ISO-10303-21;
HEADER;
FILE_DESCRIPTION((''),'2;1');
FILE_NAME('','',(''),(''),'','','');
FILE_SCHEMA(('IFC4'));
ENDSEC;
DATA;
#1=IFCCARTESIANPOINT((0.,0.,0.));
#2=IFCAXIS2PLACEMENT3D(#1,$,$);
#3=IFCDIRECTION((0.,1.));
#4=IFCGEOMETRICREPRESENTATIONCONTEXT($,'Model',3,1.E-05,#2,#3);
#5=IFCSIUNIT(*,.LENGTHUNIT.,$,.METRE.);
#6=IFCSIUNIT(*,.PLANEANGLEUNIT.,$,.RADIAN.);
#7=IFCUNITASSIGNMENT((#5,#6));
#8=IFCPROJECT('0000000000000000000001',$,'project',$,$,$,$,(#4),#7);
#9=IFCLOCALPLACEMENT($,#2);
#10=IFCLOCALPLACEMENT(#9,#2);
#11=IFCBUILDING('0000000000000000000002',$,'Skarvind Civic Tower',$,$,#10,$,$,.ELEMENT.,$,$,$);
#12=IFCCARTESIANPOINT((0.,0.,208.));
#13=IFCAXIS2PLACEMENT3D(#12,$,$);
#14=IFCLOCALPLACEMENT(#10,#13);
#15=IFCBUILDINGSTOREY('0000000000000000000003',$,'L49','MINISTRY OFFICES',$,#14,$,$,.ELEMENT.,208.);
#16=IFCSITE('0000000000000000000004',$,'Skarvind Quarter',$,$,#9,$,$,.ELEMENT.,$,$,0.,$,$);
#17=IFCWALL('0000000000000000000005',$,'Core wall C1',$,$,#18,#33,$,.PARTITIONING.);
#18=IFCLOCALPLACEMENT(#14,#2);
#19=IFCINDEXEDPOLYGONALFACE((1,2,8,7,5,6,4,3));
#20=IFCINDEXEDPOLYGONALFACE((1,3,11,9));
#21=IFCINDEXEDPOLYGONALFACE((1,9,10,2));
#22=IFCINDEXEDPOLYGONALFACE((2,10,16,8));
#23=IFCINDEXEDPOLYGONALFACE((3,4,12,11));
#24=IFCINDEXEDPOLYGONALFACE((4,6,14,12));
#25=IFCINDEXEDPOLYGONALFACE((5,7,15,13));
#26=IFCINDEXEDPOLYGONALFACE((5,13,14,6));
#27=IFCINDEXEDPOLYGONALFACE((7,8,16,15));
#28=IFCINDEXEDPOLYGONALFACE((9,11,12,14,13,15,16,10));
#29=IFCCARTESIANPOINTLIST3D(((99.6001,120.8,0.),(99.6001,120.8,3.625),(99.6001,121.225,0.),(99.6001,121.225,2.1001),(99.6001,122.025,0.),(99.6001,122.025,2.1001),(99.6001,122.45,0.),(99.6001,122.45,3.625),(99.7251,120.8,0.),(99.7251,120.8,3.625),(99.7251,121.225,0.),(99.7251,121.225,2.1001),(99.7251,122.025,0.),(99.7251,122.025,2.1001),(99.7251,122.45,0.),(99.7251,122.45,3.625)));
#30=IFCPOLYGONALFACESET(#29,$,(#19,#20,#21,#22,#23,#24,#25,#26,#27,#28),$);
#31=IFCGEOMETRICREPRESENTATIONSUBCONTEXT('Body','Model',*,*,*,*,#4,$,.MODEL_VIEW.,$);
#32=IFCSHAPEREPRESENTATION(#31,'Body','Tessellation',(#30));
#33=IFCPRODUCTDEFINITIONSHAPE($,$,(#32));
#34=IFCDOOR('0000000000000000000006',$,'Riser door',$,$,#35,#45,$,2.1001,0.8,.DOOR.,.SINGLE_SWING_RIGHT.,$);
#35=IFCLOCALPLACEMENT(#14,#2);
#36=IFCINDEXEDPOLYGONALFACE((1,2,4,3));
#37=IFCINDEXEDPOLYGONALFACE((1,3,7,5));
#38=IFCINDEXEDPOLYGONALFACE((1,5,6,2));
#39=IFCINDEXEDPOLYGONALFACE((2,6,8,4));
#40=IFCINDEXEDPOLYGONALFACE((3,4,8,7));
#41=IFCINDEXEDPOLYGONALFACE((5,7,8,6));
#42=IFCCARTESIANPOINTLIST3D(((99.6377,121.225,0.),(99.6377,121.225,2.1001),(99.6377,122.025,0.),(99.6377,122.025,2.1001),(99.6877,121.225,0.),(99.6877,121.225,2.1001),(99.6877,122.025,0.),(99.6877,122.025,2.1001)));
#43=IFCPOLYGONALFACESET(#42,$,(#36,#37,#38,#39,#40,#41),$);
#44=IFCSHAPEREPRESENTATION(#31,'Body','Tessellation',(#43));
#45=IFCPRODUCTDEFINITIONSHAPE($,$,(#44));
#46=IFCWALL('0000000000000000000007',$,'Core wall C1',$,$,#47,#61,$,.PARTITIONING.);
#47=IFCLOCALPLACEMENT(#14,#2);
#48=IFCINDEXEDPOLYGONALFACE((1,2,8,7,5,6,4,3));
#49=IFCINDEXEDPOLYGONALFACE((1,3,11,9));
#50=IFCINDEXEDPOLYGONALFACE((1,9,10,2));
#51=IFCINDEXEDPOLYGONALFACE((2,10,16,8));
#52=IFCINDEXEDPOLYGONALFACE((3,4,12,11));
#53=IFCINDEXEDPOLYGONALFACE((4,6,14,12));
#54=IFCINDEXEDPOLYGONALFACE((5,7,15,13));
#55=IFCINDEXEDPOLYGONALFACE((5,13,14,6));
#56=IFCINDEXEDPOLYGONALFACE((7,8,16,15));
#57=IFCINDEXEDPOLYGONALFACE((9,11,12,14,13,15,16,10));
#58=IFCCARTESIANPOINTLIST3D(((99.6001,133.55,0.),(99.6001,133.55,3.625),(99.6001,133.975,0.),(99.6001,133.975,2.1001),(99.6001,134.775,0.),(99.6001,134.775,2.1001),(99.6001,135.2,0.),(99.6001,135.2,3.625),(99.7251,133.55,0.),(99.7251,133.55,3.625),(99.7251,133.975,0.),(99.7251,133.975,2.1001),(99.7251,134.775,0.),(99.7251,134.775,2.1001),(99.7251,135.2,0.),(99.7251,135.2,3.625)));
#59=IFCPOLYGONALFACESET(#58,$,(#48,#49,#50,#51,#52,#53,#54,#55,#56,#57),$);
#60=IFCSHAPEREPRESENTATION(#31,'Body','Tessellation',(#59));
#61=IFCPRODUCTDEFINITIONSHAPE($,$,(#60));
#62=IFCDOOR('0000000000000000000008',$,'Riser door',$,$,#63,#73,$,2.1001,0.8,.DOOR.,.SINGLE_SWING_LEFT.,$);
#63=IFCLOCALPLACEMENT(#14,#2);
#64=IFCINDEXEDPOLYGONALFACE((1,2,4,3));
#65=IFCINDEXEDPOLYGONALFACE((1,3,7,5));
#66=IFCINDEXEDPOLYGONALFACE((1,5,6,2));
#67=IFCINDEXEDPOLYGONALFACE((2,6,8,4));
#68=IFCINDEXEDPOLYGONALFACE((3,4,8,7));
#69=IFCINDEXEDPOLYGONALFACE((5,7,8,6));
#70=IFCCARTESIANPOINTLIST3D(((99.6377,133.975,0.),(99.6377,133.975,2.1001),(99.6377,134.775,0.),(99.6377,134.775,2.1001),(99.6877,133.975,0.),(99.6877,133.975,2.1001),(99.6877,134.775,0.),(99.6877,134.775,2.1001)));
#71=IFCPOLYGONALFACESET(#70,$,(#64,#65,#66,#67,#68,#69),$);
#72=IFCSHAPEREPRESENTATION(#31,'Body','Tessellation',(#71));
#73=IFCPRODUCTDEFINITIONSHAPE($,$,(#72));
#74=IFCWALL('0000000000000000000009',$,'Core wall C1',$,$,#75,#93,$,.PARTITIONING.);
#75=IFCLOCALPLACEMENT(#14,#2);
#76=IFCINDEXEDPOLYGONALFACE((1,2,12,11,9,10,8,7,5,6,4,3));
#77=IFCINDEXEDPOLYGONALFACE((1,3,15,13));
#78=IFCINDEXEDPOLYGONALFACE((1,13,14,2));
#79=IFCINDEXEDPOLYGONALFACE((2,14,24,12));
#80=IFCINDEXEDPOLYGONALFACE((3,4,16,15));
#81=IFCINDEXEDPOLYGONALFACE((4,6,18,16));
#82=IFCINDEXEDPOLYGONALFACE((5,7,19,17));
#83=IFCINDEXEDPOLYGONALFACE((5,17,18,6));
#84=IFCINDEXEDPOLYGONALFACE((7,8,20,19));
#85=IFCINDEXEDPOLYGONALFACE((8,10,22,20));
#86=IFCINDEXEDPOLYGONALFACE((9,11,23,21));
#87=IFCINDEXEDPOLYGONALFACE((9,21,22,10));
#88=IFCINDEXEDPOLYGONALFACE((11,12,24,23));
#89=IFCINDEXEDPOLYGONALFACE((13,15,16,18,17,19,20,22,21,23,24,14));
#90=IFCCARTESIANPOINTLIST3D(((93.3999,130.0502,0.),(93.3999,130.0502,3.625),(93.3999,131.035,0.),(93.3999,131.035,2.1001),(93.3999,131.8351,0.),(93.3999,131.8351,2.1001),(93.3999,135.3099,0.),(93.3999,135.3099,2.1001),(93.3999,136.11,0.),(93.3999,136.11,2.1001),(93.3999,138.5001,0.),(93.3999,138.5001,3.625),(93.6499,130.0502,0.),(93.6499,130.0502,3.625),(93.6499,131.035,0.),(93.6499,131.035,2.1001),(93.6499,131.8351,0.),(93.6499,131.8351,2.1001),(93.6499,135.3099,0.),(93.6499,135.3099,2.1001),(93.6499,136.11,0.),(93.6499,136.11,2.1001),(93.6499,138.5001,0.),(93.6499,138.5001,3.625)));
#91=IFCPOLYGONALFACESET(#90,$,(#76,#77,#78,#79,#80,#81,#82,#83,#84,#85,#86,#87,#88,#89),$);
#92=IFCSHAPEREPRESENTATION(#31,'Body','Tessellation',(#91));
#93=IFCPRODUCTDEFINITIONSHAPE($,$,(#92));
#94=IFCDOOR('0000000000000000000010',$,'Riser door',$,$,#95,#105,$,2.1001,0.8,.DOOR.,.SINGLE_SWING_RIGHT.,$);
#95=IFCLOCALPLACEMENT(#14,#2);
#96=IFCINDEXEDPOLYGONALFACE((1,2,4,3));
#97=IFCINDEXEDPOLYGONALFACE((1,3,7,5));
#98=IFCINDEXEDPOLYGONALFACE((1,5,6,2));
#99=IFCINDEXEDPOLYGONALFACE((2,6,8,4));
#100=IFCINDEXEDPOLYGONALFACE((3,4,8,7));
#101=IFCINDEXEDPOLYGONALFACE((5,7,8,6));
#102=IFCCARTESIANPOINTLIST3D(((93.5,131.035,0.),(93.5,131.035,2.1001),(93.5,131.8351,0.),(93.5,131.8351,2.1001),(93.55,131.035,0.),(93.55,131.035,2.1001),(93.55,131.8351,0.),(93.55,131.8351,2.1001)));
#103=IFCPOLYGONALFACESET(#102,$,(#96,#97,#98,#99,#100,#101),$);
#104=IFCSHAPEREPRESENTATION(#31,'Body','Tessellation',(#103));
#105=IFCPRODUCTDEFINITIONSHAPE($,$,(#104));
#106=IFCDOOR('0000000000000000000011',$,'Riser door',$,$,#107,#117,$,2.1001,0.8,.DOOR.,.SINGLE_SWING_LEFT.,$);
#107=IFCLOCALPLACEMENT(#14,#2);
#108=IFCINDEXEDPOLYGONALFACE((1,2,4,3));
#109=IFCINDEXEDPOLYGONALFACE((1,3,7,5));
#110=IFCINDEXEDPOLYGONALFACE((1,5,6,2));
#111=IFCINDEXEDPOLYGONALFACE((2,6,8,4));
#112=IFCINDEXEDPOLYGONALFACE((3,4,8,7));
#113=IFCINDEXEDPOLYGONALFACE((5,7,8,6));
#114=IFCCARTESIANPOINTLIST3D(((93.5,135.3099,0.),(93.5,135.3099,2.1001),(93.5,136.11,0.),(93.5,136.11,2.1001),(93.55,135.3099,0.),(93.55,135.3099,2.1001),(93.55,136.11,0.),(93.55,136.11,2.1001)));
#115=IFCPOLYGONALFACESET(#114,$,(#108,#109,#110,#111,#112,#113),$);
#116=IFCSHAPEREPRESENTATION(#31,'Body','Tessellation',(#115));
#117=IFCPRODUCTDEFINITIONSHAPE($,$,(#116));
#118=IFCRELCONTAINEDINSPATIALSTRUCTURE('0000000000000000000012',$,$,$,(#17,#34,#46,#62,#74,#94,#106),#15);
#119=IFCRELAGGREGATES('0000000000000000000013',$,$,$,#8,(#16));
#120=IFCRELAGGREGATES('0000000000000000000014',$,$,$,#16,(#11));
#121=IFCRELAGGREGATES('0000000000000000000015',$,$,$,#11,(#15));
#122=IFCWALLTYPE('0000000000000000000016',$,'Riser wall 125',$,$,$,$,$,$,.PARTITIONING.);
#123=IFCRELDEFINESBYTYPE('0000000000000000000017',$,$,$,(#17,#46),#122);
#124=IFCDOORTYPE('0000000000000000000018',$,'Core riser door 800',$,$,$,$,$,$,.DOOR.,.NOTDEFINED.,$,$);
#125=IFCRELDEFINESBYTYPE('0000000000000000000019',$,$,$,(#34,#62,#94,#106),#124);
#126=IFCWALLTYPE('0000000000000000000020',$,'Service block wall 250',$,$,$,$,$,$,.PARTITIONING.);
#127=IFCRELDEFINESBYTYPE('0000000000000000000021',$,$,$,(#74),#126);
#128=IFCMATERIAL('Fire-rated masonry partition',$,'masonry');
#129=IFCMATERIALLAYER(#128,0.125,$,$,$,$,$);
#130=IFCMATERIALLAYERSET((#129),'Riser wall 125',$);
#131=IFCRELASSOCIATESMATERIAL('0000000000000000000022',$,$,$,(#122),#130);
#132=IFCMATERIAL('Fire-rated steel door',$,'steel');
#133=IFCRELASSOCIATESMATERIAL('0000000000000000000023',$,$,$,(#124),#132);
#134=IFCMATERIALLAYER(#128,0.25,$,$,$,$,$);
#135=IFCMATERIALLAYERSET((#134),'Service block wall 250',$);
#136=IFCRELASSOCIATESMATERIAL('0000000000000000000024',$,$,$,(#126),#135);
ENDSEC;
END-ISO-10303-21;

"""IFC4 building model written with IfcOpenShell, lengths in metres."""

from ifc_helpers import new_model, si_unit, direction, frame, frame_2d, origin, place, context, subcontext, project, spatial, rectangle, extrude, material, layer, layer_set, type_object, element, fill, save


model = new_model("IFC4")

# Units and contexts
model_context = context("Model", 3, precision=1e-05, world=origin(), true_north=direction((0.0, 1.0)))
body_context = subcontext(model_context, "Body", "Model", "MODEL_VIEW")
ifc_project = project(units=[si_unit("LENGTHUNIT", "METRE"), si_unit("PLANEANGLEUNIT", "RADIAN")], contexts=[model_context])

# Site, building, storey
site_placement = place(None, origin())
site = spatial("IfcSite", under=ifc_project, at=site_placement, Name="Skarvind Quarter", CompositionType="ELEMENT", RefElevation=0.0)
building_placement = place(site_placement, origin())
building = spatial("IfcBuilding", under=site, at=building_placement, Name="Skarvind Civic Tower", CompositionType="ELEMENT")
storey_placement = place(building_placement, frame((0.0, 0.0, 208.0)))
storey = spatial("IfcBuildingStorey", under=building, at=storey_placement, Name="L49", Description="MINISTRY OFFICES", CompositionType="ELEMENT", Elevation=208.0)

# Shared definitions
ifc_material_1 = material(Name="Fire-rated masonry partition", Category="masonry")
ifc_material_2 = material(Name="Fire-rated steel door", Category="steel")

# Walls, openings, doors
ifc_layer_1 = layer(ifc_material_1, 0.125)
ifc_layer_set_1 = layer_set([ifc_layer_1], Name="Riser wall 125")
wall_type_1 = type_object("IfcWallType", Name="Riser wall 125", PredefinedType="PARTITIONING", material=ifc_layer_set_1)
wall_1_placement = place(storey_placement, frame((99.6626, 120.8, 0.0), z_axis=(0.0, 0.0, 1.0), x_axis=(0.0, 1.0, 0.0)))
wall_1 = element("IfcWall", 1, at=wall_1_placement, inside=storey, type_object=wall_type_1, Name="Core wall C1", PredefinedType="PARTITIONING", context=body_context, shape_type="SweptSolid", body=[
    extrude(rectangle(XDim=1.6499, YDim=0.125, at=frame_2d((0.825, 0.0))), origin(), (0.0, 0.0, 1.0), 3.625),
])
opening_1_placement = place(wall_1_placement, frame((0.425, 0.0, 0.0)))
opening_1 = element("IfcOpeningElement", 2, at=opening_1_placement, cuts=wall_1, PredefinedType="OPENING", context=body_context, shape_type="SweptSolid", body=[
    extrude(rectangle(XDim=0.8, YDim=2.1001, at=frame_2d((0.3999, 1.05))), frame((0.0, 0.0725, 0.0), z_axis=(0.0, -1.0, 0.0), x_axis=(1.0, 0.0, 0.0)), (0.0, 0.0, 1.0), 0.145),
])
door_type_1 = type_object("IfcDoorType", Name="Core riser door 800", OperationType="NOTDEFINED", PredefinedType="DOOR", material=ifc_material_2)
door_1_placement = place(opening_1_placement, origin())
door_1 = element("IfcDoor", 3, at=door_1_placement, inside=storey, type_object=door_type_1, Name="Riser door", OperationType="SINGLE_SWING_RIGHT", OverallHeight=2.1001, OverallWidth=0.8, PredefinedType="DOOR", context=body_context, shape_type="SweptSolid", body=[
    extrude(rectangle(XDim=0.8, YDim=2.1001, at=frame_2d((0.3999, 1.05))), frame((0.0, 0.0249, 0.0), z_axis=(0.0, -1.0, 0.0), x_axis=(1.0, 0.0, 0.0)), (0.0, 0.0, 1.0), 0.05),
])
fill(opening_1, door_1)
wall_2_placement = place(storey_placement, frame((99.6626, 133.55, 0.0), z_axis=(0.0, 0.0, 1.0), x_axis=(0.0, 1.0, 0.0)))
wall_2 = element("IfcWall", 4, at=wall_2_placement, inside=storey, type_object=wall_type_1, Name="Core wall C1", PredefinedType="PARTITIONING", context=body_context, shape_type="SweptSolid", body=[
    extrude(rectangle(XDim=1.6499, YDim=0.125, at=frame_2d((0.825, 0.0))), origin(), (0.0, 0.0, 1.0), 3.625),
])
opening_2_placement = place(wall_2_placement, frame((0.425, 0.0, 0.0)))
opening_2 = element("IfcOpeningElement", 5, at=opening_2_placement, cuts=wall_2, PredefinedType="OPENING", context=body_context, shape_type="SweptSolid", body=[
    extrude(rectangle(XDim=0.8, YDim=2.1001, at=frame_2d((0.3999, 1.05))), frame((0.0, 0.0725, 0.0), z_axis=(0.0, -1.0, 0.0), x_axis=(1.0, 0.0, 0.0)), (0.0, 0.0, 1.0), 0.145),
])
door_2_placement = place(opening_2_placement, origin())
door_2 = element("IfcDoor", 6, at=door_2_placement, inside=storey, type_object=door_type_1, Name="Riser door", OperationType="SINGLE_SWING_LEFT", OverallHeight=2.1001, OverallWidth=0.8, PredefinedType="DOOR", context=body_context, shape_type="SweptSolid", body=[
    extrude(rectangle(XDim=0.8, YDim=2.1001, at=frame_2d((0.3999, 1.05))), frame((0.0, 0.0249, 0.0), z_axis=(0.0, -1.0, 0.0), x_axis=(1.0, 0.0, 0.0)), (0.0, 0.0, 1.0), 0.05),
])
fill(opening_2, door_2)

# Wall, openings, doors
ifc_layer_2 = layer(ifc_material_1, 0.25)
ifc_layer_set_2 = layer_set([ifc_layer_2], Name="Service block wall 250")
wall_type_2 = type_object("IfcWallType", Name="Service block wall 250", PredefinedType="PARTITIONING", material=ifc_layer_set_2)
wall_3_placement = place(storey_placement, frame((93.5249, 130.05, 0.0), z_axis=(0.0, 0.0, 1.0), x_axis=(0.0, 1.0, 0.0)))
wall_3 = element("IfcWall", 7, at=wall_3_placement, inside=storey, type_object=wall_type_2, Name="Core wall C1", PredefinedType="PARTITIONING", context=body_context, shape_type="SweptSolid", body=[
    extrude(rectangle(XDim=8.45, YDim=0.25, at=frame_2d((4.2251, 0.0))), origin(), (0.0, 0.0, 1.0), 3.625),
])
opening_3_placement = place(wall_3_placement, frame((0.9851, 0.0, 0.0)))
opening_3 = element("IfcOpeningElement", 8, at=opening_3_placement, cuts=wall_3, PredefinedType="OPENING", context=body_context, shape_type="SweptSolid", body=[
    extrude(rectangle(XDim=0.8, YDim=2.1001, at=frame_2d((0.3999, 1.05))), frame((0.0, 0.135, 0.0), z_axis=(0.0, -1.0, 0.0), x_axis=(1.0, 0.0, 0.0)), (0.0, 0.0, 1.0), 0.27),
])
opening_4_placement = place(wall_3_placement, frame((5.26, 0.0, 0.0)))
opening_4 = element("IfcOpeningElement", 9, at=opening_4_placement, cuts=wall_3, PredefinedType="OPENING", context=body_context, shape_type="SweptSolid", body=[
    extrude(rectangle(XDim=0.8, YDim=2.1001, at=frame_2d((0.3999, 1.05))), frame((0.0, 0.135, 0.0), z_axis=(0.0, -1.0, 0.0), x_axis=(1.0, 0.0, 0.0)), (0.0, 0.0, 1.0), 0.27),
])
door_3_placement = place(opening_3_placement, origin())
door_3 = element("IfcDoor", 10, at=door_3_placement, inside=storey, type_object=door_type_1, Name="Riser door", OperationType="SINGLE_SWING_RIGHT", OverallHeight=2.1001, OverallWidth=0.8, PredefinedType="DOOR", context=body_context, shape_type="SweptSolid", body=[
    extrude(rectangle(XDim=0.8, YDim=2.1001, at=frame_2d((0.3999, 1.05))), frame((0.0, 0.0249, 0.0), z_axis=(0.0, -1.0, 0.0), x_axis=(1.0, 0.0, 0.0)), (0.0, 0.0, 1.0), 0.05),
])
fill(opening_3, door_3)
door_4_placement = place(opening_4_placement, origin())
door_4 = element("IfcDoor", 11, at=door_4_placement, inside=storey, type_object=door_type_1, Name="Riser door", OperationType="SINGLE_SWING_LEFT", OverallHeight=2.1001, OverallWidth=0.8, PredefinedType="DOOR", context=body_context, shape_type="SweptSolid", body=[
    extrude(rectangle(XDim=0.8, YDim=2.1001, at=frame_2d((0.3999, 1.05))), frame((0.0, 0.0249, 0.0), z_axis=(0.0, -1.0, 0.0), x_axis=(1.0, 0.0, 0.0)), (0.0, 0.0, 1.0), 0.05),
])
fill(opening_4, door_4)

save(model, "model.ifc")
